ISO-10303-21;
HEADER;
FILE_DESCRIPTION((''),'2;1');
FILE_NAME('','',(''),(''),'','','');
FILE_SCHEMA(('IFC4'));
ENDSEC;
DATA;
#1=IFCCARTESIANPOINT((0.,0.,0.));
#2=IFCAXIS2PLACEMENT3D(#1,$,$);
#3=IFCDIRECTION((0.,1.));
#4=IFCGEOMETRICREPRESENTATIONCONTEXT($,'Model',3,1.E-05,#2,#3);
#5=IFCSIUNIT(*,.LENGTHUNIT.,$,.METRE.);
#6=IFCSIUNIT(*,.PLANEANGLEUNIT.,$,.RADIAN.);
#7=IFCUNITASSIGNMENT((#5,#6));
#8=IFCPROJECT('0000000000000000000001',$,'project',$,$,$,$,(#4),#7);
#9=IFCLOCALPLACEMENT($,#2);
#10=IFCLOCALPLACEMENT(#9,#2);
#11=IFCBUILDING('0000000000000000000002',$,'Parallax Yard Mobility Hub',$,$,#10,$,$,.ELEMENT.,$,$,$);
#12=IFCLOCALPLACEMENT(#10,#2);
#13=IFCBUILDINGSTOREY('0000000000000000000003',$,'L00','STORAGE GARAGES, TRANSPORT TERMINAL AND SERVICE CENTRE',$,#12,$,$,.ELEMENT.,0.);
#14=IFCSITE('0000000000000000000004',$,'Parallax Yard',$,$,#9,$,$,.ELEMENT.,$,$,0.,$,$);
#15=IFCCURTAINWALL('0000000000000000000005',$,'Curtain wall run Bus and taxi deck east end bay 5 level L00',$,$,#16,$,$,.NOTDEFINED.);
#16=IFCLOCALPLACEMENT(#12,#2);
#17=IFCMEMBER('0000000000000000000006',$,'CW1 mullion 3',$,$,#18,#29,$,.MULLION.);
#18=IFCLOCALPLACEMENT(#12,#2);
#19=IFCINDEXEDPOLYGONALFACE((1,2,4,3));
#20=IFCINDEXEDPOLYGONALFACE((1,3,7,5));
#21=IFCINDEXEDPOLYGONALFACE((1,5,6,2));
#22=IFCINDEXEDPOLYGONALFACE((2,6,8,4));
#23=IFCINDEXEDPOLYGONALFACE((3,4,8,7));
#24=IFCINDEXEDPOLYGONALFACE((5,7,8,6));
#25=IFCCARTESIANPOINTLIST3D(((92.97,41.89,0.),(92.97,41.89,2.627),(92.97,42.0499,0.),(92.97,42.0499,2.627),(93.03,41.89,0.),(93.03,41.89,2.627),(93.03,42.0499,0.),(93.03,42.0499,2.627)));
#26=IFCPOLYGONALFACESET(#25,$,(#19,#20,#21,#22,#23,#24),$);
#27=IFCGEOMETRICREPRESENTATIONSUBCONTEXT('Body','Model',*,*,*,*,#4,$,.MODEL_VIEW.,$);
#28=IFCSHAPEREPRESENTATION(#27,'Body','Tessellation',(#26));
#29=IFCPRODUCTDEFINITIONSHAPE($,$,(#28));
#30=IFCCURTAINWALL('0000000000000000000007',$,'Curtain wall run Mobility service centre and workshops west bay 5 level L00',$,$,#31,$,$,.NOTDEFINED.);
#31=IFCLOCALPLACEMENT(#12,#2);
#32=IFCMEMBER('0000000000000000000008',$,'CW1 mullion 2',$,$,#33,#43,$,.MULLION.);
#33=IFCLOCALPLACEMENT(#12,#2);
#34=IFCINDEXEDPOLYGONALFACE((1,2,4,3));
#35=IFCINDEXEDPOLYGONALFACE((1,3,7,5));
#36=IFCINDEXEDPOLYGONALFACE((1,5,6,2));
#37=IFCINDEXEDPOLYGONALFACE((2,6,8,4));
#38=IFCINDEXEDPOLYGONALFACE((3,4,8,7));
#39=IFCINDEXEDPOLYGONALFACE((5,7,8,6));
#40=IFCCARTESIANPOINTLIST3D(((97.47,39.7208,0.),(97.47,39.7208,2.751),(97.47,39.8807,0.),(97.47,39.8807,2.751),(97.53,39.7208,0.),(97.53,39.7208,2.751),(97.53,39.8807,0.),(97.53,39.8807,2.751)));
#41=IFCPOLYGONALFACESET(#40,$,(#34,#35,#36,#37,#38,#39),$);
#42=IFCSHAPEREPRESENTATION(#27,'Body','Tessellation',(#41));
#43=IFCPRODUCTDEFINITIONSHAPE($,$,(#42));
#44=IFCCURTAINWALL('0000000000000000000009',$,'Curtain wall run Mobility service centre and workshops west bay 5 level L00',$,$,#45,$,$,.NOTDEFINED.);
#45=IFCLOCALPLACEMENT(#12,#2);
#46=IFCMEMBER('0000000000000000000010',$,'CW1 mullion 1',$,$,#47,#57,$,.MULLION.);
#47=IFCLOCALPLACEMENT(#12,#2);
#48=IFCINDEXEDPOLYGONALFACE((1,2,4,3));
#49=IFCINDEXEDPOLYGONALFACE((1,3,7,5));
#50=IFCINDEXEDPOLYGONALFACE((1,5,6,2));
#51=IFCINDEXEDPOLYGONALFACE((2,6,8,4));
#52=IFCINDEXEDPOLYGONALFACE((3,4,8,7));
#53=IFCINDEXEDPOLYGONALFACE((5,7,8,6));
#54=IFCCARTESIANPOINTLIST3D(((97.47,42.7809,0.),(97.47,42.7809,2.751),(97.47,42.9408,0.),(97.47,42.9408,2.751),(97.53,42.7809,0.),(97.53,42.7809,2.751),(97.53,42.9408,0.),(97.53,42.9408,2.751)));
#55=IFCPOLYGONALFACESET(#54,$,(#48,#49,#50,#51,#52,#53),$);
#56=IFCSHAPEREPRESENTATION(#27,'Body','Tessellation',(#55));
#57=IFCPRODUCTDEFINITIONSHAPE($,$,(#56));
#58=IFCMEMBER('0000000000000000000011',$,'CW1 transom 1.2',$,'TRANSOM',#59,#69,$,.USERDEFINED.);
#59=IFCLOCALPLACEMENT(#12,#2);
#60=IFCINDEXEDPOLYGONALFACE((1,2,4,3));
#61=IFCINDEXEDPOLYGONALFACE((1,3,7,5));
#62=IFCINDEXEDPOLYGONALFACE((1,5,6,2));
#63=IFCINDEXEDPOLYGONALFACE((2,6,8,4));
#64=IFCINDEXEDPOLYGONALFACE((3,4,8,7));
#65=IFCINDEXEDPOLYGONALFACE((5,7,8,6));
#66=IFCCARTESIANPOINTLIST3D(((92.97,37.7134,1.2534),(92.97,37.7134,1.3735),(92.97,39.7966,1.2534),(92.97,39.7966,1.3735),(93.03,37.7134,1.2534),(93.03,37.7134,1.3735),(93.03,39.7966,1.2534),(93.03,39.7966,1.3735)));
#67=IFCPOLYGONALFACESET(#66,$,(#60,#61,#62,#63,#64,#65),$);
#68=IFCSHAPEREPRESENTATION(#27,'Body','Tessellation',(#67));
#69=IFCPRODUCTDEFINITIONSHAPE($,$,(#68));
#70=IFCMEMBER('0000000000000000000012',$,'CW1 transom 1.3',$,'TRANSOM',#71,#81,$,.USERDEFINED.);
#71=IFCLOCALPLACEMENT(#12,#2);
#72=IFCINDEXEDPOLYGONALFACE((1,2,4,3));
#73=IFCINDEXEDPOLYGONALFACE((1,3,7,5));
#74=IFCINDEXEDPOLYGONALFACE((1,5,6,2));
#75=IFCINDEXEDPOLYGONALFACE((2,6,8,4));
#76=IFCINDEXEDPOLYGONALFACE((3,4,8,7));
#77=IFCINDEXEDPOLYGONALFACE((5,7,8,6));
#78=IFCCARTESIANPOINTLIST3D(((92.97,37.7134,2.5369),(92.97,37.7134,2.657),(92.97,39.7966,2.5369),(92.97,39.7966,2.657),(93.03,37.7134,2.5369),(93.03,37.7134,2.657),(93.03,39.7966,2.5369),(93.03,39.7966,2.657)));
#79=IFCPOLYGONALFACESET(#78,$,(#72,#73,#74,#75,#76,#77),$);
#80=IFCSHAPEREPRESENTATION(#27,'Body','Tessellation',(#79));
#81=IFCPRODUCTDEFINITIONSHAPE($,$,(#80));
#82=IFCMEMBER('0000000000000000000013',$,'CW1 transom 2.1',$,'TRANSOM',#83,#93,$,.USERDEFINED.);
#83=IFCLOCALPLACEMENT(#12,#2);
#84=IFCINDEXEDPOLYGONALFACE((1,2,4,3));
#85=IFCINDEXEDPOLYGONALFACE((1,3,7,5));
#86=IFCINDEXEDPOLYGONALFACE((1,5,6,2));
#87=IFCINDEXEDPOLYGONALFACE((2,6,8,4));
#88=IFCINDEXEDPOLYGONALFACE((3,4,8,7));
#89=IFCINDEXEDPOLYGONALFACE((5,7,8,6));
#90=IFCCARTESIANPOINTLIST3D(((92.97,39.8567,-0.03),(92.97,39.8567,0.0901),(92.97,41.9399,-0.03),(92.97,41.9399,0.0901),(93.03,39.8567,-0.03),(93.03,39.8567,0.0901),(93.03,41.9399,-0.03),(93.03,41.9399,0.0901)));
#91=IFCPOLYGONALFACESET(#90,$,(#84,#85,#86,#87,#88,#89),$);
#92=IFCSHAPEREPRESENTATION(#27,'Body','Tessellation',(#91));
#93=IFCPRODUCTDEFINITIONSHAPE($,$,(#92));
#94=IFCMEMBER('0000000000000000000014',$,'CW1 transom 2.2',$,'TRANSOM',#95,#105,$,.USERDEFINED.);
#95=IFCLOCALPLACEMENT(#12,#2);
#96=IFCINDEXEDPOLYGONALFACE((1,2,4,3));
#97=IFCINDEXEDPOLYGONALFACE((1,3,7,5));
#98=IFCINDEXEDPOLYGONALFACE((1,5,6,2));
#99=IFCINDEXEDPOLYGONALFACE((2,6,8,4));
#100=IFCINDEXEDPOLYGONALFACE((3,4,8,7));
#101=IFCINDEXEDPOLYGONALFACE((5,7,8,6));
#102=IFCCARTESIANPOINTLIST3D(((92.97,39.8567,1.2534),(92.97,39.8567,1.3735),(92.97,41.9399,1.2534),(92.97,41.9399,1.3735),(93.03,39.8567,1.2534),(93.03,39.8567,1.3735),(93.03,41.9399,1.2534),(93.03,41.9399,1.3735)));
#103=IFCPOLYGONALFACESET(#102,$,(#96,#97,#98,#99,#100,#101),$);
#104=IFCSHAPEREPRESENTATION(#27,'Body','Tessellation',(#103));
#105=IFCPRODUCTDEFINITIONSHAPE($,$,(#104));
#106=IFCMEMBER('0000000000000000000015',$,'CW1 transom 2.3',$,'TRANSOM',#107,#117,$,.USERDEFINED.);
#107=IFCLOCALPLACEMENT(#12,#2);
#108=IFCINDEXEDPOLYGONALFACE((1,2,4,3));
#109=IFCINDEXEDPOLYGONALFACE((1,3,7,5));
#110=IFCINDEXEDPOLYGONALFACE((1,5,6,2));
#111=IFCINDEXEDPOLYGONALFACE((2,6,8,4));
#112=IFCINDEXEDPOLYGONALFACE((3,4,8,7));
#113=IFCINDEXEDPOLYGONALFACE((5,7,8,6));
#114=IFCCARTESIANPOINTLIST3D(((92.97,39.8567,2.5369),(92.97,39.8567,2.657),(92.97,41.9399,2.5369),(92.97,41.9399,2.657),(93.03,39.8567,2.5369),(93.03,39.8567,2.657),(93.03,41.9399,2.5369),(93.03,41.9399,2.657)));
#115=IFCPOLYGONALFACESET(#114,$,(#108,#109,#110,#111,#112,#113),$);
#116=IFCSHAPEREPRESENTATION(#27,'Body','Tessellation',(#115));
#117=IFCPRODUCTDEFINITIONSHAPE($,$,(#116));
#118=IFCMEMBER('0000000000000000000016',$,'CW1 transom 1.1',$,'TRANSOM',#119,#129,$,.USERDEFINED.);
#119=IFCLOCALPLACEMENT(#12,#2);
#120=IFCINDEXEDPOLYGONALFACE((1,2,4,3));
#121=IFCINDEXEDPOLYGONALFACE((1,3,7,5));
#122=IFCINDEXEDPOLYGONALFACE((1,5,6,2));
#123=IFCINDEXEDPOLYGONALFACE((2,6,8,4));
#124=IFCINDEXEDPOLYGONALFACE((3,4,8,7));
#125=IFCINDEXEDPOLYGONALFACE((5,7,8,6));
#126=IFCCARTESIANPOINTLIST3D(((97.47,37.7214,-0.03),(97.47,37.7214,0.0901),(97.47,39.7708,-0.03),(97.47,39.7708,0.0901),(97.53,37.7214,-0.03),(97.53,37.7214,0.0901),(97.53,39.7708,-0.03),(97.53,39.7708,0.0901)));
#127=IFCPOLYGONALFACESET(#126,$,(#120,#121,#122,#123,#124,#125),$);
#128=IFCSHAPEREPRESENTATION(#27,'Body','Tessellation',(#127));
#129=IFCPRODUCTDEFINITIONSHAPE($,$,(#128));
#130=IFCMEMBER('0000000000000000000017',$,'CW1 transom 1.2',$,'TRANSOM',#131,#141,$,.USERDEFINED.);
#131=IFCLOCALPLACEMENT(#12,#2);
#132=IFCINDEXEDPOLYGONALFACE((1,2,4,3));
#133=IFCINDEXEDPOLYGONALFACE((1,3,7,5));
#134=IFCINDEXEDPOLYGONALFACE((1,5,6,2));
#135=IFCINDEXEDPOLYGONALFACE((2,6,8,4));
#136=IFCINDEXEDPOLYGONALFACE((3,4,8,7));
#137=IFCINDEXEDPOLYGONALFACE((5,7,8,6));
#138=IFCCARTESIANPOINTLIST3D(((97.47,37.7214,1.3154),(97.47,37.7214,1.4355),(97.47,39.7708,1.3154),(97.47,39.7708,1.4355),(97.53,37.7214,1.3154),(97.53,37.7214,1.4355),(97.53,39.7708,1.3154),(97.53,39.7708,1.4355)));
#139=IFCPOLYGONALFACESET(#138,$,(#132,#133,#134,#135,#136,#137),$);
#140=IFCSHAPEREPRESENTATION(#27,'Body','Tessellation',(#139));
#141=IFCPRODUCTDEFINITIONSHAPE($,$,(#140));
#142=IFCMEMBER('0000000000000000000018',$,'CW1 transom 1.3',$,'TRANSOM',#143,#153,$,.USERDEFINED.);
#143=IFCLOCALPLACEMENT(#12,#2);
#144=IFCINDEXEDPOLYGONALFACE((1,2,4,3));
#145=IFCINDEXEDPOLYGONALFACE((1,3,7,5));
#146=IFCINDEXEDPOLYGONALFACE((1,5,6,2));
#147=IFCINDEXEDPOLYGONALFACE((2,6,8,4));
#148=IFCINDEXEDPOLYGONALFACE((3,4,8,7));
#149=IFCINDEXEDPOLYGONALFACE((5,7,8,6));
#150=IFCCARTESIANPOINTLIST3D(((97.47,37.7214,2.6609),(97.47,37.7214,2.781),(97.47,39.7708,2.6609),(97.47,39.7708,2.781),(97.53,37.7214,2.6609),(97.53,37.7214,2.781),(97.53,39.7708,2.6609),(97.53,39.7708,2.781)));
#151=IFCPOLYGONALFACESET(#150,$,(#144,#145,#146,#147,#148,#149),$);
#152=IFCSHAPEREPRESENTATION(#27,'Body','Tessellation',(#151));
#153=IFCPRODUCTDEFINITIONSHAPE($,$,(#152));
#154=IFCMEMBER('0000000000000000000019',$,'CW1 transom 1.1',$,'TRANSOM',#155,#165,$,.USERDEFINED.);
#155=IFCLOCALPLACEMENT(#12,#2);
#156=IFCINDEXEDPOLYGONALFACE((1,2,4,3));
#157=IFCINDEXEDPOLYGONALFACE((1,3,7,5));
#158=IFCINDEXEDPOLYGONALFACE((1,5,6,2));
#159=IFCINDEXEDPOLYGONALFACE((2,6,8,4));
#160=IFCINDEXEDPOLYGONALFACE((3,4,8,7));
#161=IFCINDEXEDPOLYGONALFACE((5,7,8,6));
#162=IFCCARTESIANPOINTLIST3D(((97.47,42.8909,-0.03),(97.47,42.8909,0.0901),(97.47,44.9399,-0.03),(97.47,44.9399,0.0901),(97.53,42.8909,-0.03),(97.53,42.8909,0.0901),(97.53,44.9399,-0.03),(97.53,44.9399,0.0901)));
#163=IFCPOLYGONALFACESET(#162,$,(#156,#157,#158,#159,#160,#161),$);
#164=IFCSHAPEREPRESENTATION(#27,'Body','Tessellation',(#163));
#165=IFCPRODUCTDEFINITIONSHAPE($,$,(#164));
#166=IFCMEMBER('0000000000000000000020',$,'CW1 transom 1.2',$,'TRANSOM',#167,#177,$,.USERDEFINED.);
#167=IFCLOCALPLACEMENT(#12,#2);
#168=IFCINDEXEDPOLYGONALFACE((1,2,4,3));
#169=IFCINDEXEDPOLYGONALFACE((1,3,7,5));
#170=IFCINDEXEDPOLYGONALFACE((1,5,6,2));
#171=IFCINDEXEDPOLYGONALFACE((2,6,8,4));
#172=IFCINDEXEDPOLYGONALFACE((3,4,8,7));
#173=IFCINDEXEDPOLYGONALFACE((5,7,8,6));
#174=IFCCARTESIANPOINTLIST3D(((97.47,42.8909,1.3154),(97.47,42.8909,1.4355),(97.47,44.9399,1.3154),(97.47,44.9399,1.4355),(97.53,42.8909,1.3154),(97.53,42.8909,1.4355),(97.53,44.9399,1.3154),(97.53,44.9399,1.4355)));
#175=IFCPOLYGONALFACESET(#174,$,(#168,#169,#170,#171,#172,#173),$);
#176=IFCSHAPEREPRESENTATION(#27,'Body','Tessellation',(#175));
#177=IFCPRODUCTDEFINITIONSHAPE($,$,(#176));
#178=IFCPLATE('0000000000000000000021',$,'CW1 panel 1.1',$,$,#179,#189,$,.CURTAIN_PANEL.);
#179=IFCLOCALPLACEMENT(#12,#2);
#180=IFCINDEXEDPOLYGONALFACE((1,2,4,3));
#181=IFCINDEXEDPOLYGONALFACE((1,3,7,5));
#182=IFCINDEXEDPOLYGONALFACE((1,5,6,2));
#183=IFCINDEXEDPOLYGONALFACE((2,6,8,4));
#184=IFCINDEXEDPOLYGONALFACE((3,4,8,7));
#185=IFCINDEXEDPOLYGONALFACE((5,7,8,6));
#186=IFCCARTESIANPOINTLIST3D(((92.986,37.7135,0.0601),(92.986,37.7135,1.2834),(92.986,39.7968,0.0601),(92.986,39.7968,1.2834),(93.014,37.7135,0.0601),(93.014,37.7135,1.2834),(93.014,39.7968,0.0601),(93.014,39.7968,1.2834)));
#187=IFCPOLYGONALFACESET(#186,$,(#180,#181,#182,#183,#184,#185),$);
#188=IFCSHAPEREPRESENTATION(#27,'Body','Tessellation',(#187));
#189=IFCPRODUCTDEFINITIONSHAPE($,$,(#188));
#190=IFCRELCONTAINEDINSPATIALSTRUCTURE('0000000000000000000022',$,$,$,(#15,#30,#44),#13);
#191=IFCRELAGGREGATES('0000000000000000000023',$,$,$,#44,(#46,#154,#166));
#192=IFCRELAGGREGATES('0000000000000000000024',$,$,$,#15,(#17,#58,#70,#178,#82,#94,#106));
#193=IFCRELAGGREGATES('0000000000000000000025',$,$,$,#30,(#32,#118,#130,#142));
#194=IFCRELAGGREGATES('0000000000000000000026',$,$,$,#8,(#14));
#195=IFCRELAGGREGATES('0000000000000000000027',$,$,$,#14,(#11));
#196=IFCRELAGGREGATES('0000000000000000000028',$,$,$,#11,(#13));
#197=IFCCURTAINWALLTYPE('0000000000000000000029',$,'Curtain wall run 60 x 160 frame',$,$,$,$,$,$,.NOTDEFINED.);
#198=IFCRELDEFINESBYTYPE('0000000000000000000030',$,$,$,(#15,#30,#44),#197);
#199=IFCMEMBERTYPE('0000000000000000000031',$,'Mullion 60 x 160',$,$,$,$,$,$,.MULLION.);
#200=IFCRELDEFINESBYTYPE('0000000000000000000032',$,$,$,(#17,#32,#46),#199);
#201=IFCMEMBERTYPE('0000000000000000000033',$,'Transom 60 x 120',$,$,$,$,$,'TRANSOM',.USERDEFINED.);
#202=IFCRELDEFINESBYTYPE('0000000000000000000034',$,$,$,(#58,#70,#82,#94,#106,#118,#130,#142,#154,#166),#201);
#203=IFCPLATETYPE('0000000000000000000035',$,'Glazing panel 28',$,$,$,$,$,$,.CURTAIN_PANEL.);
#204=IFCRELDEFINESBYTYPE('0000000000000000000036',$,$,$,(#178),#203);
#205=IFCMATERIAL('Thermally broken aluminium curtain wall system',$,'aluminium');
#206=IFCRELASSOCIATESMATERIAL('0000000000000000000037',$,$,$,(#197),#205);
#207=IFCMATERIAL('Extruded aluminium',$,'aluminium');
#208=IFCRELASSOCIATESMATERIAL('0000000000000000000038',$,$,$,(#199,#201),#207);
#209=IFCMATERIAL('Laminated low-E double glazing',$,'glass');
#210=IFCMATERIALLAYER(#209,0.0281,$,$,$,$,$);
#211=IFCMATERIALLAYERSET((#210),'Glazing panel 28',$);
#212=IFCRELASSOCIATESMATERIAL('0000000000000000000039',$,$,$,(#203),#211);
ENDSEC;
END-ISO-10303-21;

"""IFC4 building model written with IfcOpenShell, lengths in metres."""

from ifc_helpers import new_model, si_unit, direction, frame, origin, origin_2d, place, context, subcontext, project, spatial, rectangle, extrude, material, layer, layer_set, material_profile, profile_set, type_object, element, aggregate, save


model = new_model("IFC4")

# Units and contexts
model_context = context("Model", 3, precision=1e-05, world=origin(), true_north=direction((0.0, 1.0)))
body_context = subcontext(model_context, "Body", "Model", "MODEL_VIEW")
ifc_project = project(units=[si_unit("LENGTHUNIT", "METRE"), si_unit("PLANEANGLEUNIT", "RADIAN")], contexts=[model_context])

# Site, building, storey
site_placement = place(None, origin())
site = spatial("IfcSite", under=ifc_project, at=site_placement, Name="Parallax Yard", CompositionType="ELEMENT", RefElevation=0.0)
building_placement = place(site_placement, origin())
building = spatial("IfcBuilding", under=site, at=building_placement, Name="Parallax Yard Mobility Hub", CompositionType="ELEMENT")
storey_placement = place(building_placement, origin())
storey = spatial("IfcBuildingStorey", under=building, at=storey_placement, Name="L00", Description="STORAGE GARAGES, TRANSPORT TERMINAL AND SERVICE CENTRE", CompositionType="ELEMENT", Elevation=0.0)

# Curtain wall, member
ifc_material_1 = material(Name="Thermally broken aluminium curtain wall system", Category="aluminium")
curtain_wall_type = type_object("IfcCurtainWallType", Name="Curtain wall run 60 x 160 frame", PredefinedType="NOTDEFINED", material=ifc_material_1)
curtain_wall_1_placement = place(storey_placement, origin())
curtain_wall_1 = element("IfcCurtainWall", 1, at=curtain_wall_1_placement, inside=storey, type_object=curtain_wall_type, Name="Curtain wall run Bus and taxi deck east end bay 5 level L00", PredefinedType="NOTDEFINED")
ifc_material_2 = material(Name="Extruded aluminium", Category="aluminium")
ifc_material_profile_1 = material_profile(ifc_material_2, rectangle(XDim=0.0601, YDim=0.1599, at=origin_2d()), Name="Mullion 60 x 160")
ifc_profile_set_1 = profile_set([ifc_material_profile_1], Name="Extruded aluminium")
member_type_1 = type_object("IfcMemberType", Name="Mullion 60 x 160", PredefinedType="MULLION", material=ifc_profile_set_1)
member_1_placement = place(storey_placement, frame((93.0, 41.97, 0.0), z_axis=(0.0, 0.0, 1.0), x_axis=(-1.0, 0.0, 0.0)))
member_1 = element("IfcMember", 2, at=member_1_placement, type_object=member_type_1, Name="CW1 mullion 3", PredefinedType="MULLION", context=body_context, shape_type="SweptSolid", body=[
    extrude(rectangle(XDim=0.0601, YDim=0.1599, at=origin_2d()), origin(), (0.0, 0.0, 1.0), 2.627),
])

# Curtain walls, members
curtain_wall_2_placement = place(storey_placement, origin())
curtain_wall_2 = element("IfcCurtainWall", 3, at=curtain_wall_2_placement, inside=storey, type_object=curtain_wall_type, Name="Curtain wall run Mobility service centre and workshops west bay 5 level L00", PredefinedType="NOTDEFINED")
member_2_placement = place(storey_placement, frame((97.5, 39.8008, 0.0), z_axis=(0.0, 0.0, 1.0), x_axis=(-1.0, 0.0, 0.0)))
member_2 = element("IfcMember", 4, at=member_2_placement, type_object=member_type_1, Name="CW1 mullion 2", PredefinedType="MULLION", context=body_context, shape_type="SweptSolid", body=[
    extrude(rectangle(XDim=0.0601, YDim=0.1599, at=origin_2d()), origin(), (0.0, 0.0, 1.0), 2.751),
])
curtain_wall_3_placement = place(storey_placement, origin())
curtain_wall_3 = element("IfcCurtainWall", 5, at=curtain_wall_3_placement, inside=storey, type_object=curtain_wall_type, Name="Curtain wall run Mobility service centre and workshops west bay 5 level L00", PredefinedType="NOTDEFINED")
member_3_placement = place(storey_placement, frame((97.5, 42.8608, 0.0), z_axis=(0.0, 0.0, 1.0), x_axis=(-1.0, 0.0, 0.0)))
member_3 = element("IfcMember", 6, at=member_3_placement, type_object=member_type_1, Name="CW1 mullion 1", PredefinedType="MULLION", context=body_context, shape_type="SweptSolid", body=[
    extrude(rectangle(XDim=0.0601, YDim=0.1599, at=origin_2d()), origin(), (0.0, 0.0, 1.0), 2.751),
])

# Members
ifc_material_profile_2 = material_profile(ifc_material_2, rectangle(XDim=0.0601, YDim=0.1201, at=origin_2d()), Name="Transom 60 x 120")
ifc_profile_set_2 = profile_set([ifc_material_profile_2], Name="Extruded aluminium")
member_type_2 = type_object("IfcMemberType", Name="Transom 60 x 120", ElementType="TRANSOM", PredefinedType="USERDEFINED", material=ifc_profile_set_2)
member_4_placement = place(storey_placement, frame((93.0, 37.7134, 1.3135), z_axis=(0.0, 1.0, 0.0), x_axis=(-1.0, 0.0, 0.0)))
member_4 = element("IfcMember", 7, at=member_4_placement, type_object=member_type_2, Name="CW1 transom 1.2", ObjectType="TRANSOM", PredefinedType="USERDEFINED", context=body_context, shape_type="SweptSolid", body=[
    extrude(rectangle(XDim=0.0601, YDim=0.1201, at=origin_2d()), origin(), (0.0, 0.0, 1.0), 2.0833),
])
member_5_placement = place(storey_placement, frame((93.0, 37.7134, 2.5969), z_axis=(0.0, 1.0, 0.0), x_axis=(-1.0, 0.0, 0.0)))
member_5 = element("IfcMember", 8, at=member_5_placement, type_object=member_type_2, Name="CW1 transom 1.3", ObjectType="TRANSOM", PredefinedType="USERDEFINED", context=body_context, shape_type="SweptSolid", body=[
    extrude(rectangle(XDim=0.0601, YDim=0.1201, at=origin_2d()), origin(), (0.0, 0.0, 1.0), 2.0833),
])
member_6_placement = place(storey_placement, frame((93.0, 39.8567, 0.03), z_axis=(0.0, 1.0, 0.0), x_axis=(-1.0, 0.0, 0.0)))
member_6 = element("IfcMember", 9, at=member_6_placement, type_object=member_type_2, Name="CW1 transom 2.1", ObjectType="TRANSOM", PredefinedType="USERDEFINED", context=body_context, shape_type="SweptSolid", body=[
    extrude(rectangle(XDim=0.0601, YDim=0.1201, at=origin_2d()), origin(), (0.0, 0.0, 1.0), 2.0833),
])
member_7_placement = place(storey_placement, frame((93.0, 39.8567, 1.3135), z_axis=(0.0, 1.0, 0.0), x_axis=(-1.0, 0.0, 0.0)))
member_7 = element("IfcMember", 10, at=member_7_placement, type_object=member_type_2, Name="CW1 transom 2.2", ObjectType="TRANSOM", PredefinedType="USERDEFINED", context=body_context, shape_type="SweptSolid", body=[
    extrude(rectangle(XDim=0.0601, YDim=0.1201, at=origin_2d()), origin(), (0.0, 0.0, 1.0), 2.0833),
])
member_8_placement = place(storey_placement, frame((93.0, 39.8567, 2.5969), z_axis=(0.0, 1.0, 0.0), x_axis=(-1.0, 0.0, 0.0)))
member_8 = element("IfcMember", 11, at=member_8_placement, type_object=member_type_2, Name="CW1 transom 2.3", ObjectType="TRANSOM", PredefinedType="USERDEFINED", context=body_context, shape_type="SweptSolid", body=[
    extrude(rectangle(XDim=0.0601, YDim=0.1201, at=origin_2d()), origin(), (0.0, 0.0, 1.0), 2.0833),
])
member_9_placement = place(storey_placement, frame((97.5, 37.7214, 0.03), z_axis=(0.0, 1.0, 0.0), x_axis=(-1.0, 0.0, 0.0)))
member_9 = element("IfcMember", 12, at=member_9_placement, type_object=member_type_2, Name="CW1 transom 1.1", ObjectType="TRANSOM", PredefinedType="USERDEFINED", context=body_context, shape_type="SweptSolid", body=[
    extrude(rectangle(XDim=0.0601, YDim=0.1201, at=origin_2d()), origin(), (0.0, 0.0, 1.0), 2.0493),
])
member_10_placement = place(storey_placement, frame((97.5, 37.7214, 1.3755), z_axis=(0.0, 1.0, 0.0), x_axis=(-1.0, 0.0, 0.0)))
member_10 = element("IfcMember", 13, at=member_10_placement, type_object=member_type_2, Name="CW1 transom 1.2", ObjectType="TRANSOM", PredefinedType="USERDEFINED", context=body_context, shape_type="SweptSolid", body=[
    extrude(rectangle(XDim=0.0601, YDim=0.1201, at=origin_2d()), origin(), (0.0, 0.0, 1.0), 2.0493),
])
member_11_placement = place(storey_placement, frame((97.5, 37.7214, 2.7209), z_axis=(0.0, 1.0, 0.0), x_axis=(-1.0, 0.0, 0.0)))
member_11 = element("IfcMember", 14, at=member_11_placement, type_object=member_type_2, Name="CW1 transom 1.3", ObjectType="TRANSOM", PredefinedType="USERDEFINED", context=body_context, shape_type="SweptSolid", body=[
    extrude(rectangle(XDim=0.0601, YDim=0.1201, at=origin_2d()), origin(), (0.0, 0.0, 1.0), 2.0493),
])
member_12_placement = place(storey_placement, frame((97.5, 42.8909, 0.03), z_axis=(0.0, 1.0, 0.0), x_axis=(-1.0, 0.0, 0.0)))
member_12 = element("IfcMember", 15, at=member_12_placement, type_object=member_type_2, Name="CW1 transom 1.1", ObjectType="TRANSOM", PredefinedType="USERDEFINED", context=body_context, shape_type="SweptSolid", body=[
    extrude(rectangle(XDim=0.0601, YDim=0.1201, at=origin_2d()), origin(), (0.0, 0.0, 1.0), 2.0491),
])
member_13_placement = place(storey_placement, frame((97.5, 42.8909, 1.3755), z_axis=(0.0, 1.0, 0.0), x_axis=(-1.0, 0.0, 0.0)))
member_13 = element("IfcMember", 16, at=member_13_placement, type_object=member_type_2, Name="CW1 transom 1.2", ObjectType="TRANSOM", PredefinedType="USERDEFINED", context=body_context, shape_type="SweptSolid", body=[
    extrude(rectangle(XDim=0.0601, YDim=0.1201, at=origin_2d()), origin(), (0.0, 0.0, 1.0), 2.0491),
])
aggregate(curtain_wall_3, [member_3, member_12, member_13])

# Plate
ifc_material_3 = material(Name="Laminated low-E double glazing", Category="glass")
ifc_layer_1 = layer(ifc_material_3, 0.0281)
ifc_layer_set_1 = layer_set([ifc_layer_1], Name="Glazing panel 28")
plate_type = type_object("IfcPlateType", Name="Glazing panel 28", PredefinedType="CURTAIN_PANEL", material=ifc_layer_set_1)
plate_1_placement = place(storey_placement, frame((93.0, 38.7551, 0.0601), z_axis=(0.0, 0.0, 1.0), x_axis=(0.0, 1.0, 0.0)))
plate_1 = element("IfcPlate", 17, at=plate_1_placement, type_object=plate_type, Name="CW1 panel 1.1", PredefinedType="CURTAIN_PANEL", context=body_context, shape_type="SweptSolid", body=[
    extrude(rectangle(XDim=2.0833, YDim=0.0281, at=origin_2d()), origin(), (0.0, 0.0, 1.0), 1.2234),
])
aggregate(curtain_wall_1, [member_1, member_4, member_5, plate_1, member_6, member_7, member_8])
aggregate(curtain_wall_2, [member_2, member_9, member_10, member_11])

save(model, "model.ifc")
